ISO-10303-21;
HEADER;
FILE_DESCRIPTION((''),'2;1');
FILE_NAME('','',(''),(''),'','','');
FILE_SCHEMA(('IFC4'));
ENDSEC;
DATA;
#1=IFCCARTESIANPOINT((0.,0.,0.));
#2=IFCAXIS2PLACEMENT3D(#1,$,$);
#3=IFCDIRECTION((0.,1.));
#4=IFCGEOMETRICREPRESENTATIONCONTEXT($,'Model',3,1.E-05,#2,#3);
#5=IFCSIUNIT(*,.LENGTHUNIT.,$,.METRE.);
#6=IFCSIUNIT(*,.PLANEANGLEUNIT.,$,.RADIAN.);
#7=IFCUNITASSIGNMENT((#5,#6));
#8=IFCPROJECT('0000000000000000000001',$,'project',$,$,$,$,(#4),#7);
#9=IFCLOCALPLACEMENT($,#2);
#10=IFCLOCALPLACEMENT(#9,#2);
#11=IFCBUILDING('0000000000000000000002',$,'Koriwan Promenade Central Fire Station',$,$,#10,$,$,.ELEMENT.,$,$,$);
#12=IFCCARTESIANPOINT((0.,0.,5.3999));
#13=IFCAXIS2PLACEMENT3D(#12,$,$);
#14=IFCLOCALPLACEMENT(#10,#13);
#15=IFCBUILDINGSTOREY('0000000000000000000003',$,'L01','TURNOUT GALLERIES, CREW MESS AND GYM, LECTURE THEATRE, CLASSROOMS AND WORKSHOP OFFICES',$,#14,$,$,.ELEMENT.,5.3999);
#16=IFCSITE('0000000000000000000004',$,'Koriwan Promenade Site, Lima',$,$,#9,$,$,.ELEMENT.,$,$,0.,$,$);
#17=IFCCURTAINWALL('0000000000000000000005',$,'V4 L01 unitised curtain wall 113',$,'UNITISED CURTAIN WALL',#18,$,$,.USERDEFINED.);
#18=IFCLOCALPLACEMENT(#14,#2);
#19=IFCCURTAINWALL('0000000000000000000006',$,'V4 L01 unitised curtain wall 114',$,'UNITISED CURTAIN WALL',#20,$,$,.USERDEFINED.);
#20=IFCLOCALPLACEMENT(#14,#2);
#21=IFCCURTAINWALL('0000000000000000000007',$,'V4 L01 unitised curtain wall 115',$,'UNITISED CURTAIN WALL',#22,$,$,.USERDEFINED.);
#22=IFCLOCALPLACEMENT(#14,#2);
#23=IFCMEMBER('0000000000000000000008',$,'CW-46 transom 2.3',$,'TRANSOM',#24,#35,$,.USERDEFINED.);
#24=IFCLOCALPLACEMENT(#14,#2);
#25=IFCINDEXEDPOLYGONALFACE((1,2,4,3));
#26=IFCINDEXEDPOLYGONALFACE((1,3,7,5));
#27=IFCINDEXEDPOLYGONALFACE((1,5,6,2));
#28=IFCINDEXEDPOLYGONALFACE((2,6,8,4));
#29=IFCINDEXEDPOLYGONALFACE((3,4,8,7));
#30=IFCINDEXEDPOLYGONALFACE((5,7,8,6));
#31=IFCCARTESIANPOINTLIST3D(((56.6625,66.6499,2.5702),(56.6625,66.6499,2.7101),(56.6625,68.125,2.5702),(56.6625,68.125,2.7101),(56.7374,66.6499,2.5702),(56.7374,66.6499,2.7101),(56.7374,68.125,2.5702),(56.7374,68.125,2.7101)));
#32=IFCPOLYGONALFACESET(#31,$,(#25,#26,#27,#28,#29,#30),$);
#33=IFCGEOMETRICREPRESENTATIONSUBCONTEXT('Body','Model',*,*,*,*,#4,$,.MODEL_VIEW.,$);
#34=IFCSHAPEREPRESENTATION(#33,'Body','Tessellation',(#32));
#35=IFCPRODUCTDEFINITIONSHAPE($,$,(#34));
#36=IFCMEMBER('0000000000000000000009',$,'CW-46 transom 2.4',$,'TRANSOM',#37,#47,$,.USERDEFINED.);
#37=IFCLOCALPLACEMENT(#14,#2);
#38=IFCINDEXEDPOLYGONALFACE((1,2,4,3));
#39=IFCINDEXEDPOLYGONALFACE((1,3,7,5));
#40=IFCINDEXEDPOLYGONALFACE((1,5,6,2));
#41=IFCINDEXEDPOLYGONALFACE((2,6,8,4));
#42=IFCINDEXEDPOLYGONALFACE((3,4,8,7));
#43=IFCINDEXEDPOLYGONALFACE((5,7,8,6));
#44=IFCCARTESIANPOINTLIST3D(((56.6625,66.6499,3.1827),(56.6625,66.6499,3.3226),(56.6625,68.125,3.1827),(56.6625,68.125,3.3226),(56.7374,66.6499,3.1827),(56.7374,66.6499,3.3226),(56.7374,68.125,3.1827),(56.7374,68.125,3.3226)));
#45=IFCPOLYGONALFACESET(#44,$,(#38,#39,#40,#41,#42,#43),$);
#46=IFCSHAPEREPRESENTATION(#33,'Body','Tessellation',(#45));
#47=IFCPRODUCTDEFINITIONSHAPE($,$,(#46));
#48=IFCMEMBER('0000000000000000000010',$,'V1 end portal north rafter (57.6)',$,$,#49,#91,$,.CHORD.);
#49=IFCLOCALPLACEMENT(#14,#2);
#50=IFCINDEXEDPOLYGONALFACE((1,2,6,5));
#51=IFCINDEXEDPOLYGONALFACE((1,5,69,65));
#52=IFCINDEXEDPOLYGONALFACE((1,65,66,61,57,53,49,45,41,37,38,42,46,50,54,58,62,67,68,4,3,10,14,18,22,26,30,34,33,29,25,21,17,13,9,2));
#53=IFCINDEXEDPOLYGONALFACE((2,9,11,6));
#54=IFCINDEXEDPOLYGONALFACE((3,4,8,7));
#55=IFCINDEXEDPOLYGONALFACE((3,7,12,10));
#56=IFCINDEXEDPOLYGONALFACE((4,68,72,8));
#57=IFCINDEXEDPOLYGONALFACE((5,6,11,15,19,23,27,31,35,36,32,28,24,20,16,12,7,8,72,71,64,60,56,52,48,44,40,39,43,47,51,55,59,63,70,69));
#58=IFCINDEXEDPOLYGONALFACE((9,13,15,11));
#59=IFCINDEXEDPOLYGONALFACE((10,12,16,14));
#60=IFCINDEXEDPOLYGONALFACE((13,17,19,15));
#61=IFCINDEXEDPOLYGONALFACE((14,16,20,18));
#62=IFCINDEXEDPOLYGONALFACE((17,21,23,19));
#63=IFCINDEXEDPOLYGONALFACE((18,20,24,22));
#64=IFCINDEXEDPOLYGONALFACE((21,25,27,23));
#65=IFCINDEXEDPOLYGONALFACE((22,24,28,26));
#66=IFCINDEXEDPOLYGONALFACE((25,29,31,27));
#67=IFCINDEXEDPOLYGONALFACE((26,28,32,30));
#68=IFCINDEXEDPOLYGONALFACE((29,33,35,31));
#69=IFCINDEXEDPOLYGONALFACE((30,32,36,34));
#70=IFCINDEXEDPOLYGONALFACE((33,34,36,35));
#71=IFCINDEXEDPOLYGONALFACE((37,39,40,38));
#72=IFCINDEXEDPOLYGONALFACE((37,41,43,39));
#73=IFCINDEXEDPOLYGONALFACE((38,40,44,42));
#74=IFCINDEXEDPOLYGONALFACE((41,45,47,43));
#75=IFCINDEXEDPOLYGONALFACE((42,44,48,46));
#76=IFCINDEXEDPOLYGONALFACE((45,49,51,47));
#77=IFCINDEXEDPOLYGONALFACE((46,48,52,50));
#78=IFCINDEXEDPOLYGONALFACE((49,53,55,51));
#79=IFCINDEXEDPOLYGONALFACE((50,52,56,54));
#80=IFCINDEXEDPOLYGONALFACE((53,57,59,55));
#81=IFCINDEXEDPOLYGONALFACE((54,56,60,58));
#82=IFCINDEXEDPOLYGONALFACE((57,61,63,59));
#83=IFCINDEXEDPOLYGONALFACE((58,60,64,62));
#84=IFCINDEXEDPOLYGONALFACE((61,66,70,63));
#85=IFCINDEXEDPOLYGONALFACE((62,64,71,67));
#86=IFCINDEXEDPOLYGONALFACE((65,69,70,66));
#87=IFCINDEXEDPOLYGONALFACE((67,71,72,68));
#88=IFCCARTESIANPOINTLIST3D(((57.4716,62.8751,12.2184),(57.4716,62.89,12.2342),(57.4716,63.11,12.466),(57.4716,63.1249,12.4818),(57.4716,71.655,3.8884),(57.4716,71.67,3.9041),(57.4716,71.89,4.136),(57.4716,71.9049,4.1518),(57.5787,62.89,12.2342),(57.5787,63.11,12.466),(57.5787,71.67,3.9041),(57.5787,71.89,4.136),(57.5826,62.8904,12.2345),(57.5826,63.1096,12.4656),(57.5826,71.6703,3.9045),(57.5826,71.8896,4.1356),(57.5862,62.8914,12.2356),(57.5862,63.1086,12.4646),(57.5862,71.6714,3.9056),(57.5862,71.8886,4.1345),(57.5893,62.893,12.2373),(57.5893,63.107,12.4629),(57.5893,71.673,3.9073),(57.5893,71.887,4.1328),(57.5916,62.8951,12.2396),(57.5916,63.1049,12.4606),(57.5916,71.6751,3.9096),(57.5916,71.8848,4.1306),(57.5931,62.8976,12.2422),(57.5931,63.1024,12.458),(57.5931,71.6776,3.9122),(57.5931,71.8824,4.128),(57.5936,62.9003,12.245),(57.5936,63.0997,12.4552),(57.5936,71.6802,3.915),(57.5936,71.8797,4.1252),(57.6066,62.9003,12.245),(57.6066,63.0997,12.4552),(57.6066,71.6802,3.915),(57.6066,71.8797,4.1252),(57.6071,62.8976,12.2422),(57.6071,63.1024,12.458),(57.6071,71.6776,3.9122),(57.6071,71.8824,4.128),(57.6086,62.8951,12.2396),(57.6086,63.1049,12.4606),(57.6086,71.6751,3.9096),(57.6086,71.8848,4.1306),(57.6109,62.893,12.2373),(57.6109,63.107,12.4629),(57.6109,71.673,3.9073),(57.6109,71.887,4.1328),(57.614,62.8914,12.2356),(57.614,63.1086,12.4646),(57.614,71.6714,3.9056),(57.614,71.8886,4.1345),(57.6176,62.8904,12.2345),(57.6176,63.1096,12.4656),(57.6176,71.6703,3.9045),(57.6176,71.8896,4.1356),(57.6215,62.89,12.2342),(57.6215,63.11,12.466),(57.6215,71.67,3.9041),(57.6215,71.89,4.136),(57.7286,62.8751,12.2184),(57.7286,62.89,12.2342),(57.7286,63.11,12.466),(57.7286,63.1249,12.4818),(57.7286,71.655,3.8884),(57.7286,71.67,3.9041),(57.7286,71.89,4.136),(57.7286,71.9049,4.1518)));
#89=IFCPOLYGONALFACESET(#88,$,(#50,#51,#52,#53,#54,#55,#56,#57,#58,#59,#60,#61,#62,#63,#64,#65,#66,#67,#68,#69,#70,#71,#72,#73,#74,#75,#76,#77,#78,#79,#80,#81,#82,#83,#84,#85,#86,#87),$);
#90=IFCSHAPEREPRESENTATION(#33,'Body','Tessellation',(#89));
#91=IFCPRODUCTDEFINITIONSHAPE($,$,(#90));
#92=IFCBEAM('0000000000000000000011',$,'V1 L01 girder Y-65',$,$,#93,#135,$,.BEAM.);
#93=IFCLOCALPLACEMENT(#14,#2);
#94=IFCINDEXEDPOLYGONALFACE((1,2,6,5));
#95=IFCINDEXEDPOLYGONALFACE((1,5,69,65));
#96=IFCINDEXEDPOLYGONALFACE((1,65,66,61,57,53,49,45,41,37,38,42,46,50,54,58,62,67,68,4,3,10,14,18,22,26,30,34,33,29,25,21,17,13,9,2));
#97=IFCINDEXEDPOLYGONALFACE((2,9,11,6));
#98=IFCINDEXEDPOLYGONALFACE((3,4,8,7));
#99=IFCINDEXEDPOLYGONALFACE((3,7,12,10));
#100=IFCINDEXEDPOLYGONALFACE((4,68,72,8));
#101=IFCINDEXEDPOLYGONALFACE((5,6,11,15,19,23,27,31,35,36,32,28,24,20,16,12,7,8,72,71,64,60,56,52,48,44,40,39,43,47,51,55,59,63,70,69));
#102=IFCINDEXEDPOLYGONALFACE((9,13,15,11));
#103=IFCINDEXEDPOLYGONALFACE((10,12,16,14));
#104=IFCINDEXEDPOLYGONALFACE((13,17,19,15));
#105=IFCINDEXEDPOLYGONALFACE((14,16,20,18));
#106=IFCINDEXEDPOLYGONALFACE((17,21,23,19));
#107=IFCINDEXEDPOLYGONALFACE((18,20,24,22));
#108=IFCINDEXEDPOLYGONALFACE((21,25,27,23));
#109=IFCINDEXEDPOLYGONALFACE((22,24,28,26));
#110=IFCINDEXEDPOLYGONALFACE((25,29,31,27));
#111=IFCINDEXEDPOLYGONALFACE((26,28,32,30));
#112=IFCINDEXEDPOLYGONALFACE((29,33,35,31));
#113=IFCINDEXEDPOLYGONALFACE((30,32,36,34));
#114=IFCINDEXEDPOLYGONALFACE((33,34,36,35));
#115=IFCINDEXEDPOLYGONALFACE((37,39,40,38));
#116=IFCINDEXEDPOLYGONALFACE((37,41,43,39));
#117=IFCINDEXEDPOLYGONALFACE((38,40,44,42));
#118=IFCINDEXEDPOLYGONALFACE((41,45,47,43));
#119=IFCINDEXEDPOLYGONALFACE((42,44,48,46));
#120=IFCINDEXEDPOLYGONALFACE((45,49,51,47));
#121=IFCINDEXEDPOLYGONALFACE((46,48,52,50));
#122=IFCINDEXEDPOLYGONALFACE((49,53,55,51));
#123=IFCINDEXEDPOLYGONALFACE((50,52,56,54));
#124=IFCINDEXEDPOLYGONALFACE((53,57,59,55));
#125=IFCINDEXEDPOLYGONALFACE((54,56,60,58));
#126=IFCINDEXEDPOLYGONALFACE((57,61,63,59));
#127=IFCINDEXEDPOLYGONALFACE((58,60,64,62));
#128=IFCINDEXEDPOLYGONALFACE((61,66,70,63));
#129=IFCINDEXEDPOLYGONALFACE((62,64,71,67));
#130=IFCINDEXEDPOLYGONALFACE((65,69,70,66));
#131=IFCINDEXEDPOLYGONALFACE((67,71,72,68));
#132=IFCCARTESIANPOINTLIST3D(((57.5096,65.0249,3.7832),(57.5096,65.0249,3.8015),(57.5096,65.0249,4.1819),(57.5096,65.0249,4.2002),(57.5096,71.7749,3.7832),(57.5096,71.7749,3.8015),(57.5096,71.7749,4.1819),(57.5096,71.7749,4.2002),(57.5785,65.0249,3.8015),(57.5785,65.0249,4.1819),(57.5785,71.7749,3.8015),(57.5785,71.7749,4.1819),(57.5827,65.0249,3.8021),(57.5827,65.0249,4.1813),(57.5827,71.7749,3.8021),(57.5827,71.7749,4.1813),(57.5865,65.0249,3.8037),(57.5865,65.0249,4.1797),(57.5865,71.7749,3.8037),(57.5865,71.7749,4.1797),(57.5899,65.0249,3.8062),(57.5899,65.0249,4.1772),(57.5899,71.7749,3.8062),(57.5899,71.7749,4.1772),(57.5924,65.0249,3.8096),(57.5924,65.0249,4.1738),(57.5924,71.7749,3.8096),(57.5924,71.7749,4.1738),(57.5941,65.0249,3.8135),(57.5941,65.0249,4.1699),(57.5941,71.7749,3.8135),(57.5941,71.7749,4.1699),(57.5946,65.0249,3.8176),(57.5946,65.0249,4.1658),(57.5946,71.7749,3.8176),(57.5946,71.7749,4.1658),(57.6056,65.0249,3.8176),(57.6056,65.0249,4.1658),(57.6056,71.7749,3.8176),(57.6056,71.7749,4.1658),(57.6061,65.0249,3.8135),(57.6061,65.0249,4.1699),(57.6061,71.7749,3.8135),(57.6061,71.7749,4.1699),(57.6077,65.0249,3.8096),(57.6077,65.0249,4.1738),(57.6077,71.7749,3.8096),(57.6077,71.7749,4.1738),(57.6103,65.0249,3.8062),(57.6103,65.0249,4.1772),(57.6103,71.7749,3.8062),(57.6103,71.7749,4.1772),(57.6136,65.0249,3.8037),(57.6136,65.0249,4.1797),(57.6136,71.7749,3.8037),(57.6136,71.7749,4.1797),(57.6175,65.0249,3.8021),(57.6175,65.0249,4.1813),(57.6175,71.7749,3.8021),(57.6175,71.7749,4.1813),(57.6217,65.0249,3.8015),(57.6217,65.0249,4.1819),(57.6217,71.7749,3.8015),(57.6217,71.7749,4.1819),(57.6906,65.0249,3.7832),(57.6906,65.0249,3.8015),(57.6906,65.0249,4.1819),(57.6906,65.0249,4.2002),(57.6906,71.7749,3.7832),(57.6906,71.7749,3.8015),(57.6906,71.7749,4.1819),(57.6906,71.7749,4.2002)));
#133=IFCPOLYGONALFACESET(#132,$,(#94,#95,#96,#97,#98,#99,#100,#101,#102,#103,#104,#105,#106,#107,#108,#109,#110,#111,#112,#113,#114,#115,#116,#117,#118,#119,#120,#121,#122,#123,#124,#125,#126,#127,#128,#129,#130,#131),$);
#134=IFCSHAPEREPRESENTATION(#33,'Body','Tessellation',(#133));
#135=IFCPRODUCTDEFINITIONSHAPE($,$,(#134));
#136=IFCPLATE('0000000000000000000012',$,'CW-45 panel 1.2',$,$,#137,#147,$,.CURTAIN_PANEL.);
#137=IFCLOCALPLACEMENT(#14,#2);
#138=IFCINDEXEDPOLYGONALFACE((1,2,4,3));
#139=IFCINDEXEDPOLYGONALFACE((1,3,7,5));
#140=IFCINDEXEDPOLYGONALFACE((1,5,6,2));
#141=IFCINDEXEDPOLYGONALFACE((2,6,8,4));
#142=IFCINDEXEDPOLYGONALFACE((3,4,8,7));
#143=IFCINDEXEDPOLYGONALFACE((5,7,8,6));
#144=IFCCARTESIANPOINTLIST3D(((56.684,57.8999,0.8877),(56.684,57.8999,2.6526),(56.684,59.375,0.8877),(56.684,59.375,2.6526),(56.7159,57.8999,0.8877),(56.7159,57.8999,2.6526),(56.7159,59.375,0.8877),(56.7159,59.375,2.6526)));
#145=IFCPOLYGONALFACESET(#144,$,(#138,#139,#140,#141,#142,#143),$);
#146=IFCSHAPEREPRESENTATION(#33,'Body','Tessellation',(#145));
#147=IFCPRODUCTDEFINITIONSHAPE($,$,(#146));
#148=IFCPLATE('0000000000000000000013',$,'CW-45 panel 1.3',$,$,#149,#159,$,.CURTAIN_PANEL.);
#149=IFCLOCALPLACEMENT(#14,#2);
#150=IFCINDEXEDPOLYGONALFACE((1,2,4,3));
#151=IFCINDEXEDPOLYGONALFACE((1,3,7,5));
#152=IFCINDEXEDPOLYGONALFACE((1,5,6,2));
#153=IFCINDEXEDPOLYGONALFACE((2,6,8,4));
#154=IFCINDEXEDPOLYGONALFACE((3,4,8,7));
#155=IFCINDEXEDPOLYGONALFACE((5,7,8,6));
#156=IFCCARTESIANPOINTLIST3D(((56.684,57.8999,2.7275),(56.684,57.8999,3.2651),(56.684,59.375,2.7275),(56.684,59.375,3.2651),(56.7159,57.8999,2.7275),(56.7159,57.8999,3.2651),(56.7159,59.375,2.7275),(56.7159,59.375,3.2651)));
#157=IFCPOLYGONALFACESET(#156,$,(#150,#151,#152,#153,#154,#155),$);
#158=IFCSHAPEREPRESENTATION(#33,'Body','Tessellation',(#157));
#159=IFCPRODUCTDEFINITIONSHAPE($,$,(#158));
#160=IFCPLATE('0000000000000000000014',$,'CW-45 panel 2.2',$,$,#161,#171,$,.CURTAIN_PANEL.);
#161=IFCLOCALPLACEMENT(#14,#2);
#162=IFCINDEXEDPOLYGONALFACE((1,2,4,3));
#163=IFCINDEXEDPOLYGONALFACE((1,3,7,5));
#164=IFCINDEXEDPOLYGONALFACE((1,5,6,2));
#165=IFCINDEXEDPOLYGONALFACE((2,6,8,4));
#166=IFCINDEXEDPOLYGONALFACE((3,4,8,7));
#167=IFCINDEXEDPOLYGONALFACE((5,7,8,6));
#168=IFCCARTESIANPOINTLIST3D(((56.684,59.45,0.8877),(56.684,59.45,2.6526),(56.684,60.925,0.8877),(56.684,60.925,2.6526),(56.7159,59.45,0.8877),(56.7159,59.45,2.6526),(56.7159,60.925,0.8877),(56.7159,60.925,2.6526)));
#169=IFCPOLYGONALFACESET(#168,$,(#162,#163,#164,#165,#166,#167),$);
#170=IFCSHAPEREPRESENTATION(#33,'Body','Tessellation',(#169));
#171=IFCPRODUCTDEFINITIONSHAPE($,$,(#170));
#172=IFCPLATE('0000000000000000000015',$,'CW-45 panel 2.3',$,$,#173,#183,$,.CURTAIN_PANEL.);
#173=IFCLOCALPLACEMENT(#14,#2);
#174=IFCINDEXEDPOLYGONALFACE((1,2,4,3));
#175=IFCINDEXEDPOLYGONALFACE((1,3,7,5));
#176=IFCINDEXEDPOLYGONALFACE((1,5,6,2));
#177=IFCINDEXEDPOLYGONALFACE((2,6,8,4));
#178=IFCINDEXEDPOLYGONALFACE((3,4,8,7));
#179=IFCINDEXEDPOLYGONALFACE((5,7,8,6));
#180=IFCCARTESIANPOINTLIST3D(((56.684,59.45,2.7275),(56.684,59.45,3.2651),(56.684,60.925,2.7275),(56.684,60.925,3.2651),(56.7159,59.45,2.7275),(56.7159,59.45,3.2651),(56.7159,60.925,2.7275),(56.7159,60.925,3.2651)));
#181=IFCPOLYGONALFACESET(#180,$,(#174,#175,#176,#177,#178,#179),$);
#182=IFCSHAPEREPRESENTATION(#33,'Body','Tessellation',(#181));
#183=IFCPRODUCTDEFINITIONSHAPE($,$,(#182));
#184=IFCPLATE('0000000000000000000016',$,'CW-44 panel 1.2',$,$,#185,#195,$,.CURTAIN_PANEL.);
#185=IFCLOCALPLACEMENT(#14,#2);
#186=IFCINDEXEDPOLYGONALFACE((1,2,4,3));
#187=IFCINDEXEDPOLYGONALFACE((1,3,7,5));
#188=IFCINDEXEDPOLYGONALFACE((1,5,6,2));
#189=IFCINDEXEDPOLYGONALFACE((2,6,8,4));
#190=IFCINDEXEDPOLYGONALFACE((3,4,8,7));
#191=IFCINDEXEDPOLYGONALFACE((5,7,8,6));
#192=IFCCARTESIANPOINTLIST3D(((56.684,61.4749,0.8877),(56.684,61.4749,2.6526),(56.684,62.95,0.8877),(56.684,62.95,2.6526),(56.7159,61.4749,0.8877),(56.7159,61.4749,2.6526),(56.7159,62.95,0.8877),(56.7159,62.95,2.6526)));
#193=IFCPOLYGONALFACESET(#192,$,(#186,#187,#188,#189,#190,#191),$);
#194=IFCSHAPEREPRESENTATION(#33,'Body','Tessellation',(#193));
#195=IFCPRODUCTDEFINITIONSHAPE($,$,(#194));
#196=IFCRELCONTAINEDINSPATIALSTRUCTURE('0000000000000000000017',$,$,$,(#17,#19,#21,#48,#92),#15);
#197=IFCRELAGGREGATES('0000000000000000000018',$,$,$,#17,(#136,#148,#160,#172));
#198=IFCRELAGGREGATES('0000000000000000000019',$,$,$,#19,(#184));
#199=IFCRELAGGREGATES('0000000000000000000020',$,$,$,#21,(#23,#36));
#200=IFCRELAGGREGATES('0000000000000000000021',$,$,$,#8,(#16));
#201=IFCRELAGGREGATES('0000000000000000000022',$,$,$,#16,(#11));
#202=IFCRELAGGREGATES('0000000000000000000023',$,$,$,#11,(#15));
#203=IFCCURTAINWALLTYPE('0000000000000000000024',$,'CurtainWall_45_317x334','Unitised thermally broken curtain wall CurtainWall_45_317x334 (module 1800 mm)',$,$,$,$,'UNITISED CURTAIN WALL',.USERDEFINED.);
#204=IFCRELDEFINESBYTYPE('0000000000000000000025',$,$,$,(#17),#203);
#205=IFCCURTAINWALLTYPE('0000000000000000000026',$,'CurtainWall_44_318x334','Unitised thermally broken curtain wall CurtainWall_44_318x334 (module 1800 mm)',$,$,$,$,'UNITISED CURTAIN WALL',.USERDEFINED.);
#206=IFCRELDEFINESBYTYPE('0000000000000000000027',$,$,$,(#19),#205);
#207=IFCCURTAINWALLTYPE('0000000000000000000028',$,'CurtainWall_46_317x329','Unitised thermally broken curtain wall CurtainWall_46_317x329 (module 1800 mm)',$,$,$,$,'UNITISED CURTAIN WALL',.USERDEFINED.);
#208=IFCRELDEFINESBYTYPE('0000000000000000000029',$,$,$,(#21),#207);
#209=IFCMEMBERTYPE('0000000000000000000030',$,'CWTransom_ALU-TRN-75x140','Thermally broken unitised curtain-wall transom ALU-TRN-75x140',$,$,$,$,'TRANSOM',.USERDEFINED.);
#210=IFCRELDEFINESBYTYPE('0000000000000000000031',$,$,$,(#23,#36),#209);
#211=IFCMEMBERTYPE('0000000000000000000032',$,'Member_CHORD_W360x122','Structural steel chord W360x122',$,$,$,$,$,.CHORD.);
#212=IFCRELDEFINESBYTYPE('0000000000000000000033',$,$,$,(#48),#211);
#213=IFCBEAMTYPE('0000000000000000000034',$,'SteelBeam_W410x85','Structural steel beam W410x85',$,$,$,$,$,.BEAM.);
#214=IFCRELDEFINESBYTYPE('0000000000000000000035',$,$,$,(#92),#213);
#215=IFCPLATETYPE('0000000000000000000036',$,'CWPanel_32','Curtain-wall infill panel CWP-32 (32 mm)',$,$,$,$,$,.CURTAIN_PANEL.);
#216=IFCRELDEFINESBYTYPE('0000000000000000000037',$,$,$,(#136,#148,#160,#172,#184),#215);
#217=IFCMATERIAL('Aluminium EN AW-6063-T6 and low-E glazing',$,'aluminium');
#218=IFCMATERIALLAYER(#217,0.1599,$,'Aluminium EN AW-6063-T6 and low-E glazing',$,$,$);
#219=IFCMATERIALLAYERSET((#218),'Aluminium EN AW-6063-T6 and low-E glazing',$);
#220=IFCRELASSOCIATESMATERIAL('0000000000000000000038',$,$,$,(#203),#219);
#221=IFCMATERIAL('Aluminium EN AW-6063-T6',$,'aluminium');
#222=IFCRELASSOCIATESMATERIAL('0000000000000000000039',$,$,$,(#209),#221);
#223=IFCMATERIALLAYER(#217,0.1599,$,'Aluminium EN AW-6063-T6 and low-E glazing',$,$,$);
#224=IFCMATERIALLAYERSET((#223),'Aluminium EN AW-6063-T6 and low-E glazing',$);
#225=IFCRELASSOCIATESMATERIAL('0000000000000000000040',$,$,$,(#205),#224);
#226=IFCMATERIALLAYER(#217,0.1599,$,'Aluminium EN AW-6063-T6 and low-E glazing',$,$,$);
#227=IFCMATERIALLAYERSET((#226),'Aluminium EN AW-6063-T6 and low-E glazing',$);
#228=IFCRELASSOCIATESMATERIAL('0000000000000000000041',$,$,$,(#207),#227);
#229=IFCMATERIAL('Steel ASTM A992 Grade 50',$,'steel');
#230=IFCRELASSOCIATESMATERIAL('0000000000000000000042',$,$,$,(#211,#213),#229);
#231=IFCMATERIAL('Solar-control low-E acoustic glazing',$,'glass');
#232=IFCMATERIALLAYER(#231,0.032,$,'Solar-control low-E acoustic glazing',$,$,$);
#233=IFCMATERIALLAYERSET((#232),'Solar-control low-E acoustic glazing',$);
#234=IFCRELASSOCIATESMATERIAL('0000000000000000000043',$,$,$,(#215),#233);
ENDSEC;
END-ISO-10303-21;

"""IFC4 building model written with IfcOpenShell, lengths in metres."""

from ifc_helpers import new_model, si_unit, direction, frame, origin, origin_2d, place, context, subcontext, project, spatial, rectangle, i_section, extrude, material, layer, layer_set, material_profile, profile_set, type_object, element, aggregate, save


model = new_model("IFC4")

# Units and contexts
model_context = context("Model", 3, precision=1e-05, world=origin(), true_north=direction((0.0, 1.0)))
body_context = subcontext(model_context, "Body", "Model", "MODEL_VIEW")
ifc_project = project(units=[si_unit("LENGTHUNIT", "METRE"), si_unit("PLANEANGLEUNIT", "RADIAN")], contexts=[model_context])

# Site, building, storey
site_placement = place(None, origin())
site = spatial("IfcSite", under=ifc_project, at=site_placement, Name="Koriwan Promenade Site, Lima", CompositionType="ELEMENT", RefElevation=0.0)
building_placement = place(site_placement, origin())
building = spatial("IfcBuilding", under=site, at=building_placement, Name="Koriwan Promenade Central Fire Station", CompositionType="ELEMENT")
storey_placement = place(building_placement, frame((0.0, 0.0, 5.3999)))
storey = spatial("IfcBuildingStorey", under=building, at=storey_placement, Name="L01", Description="TURNOUT GALLERIES, CREW MESS AND GYM, LECTURE THEATRE, CLASSROOMS AND WORKSHOP OFFICES", CompositionType="ELEMENT", Elevation=5.3999)

# Curtain walls, members
ifc_material_1 = material(Name="Aluminium EN AW-6063-T6 and low-E glazing", Category="aluminium")
ifc_layer_1 = layer(ifc_material_1, 0.1599, Name="Aluminium EN AW-6063-T6 and low-E glazing")
ifc_layer_set_1 = layer_set([ifc_layer_1], Name="Aluminium EN AW-6063-T6 and low-E glazing")
curtain_wall_type_1 = type_object("IfcCurtainWallType", Name="CurtainWall_45_317x334", Description="Unitised thermally broken curtain wall CurtainWall_45_317x334 (module 1800 mm)", ElementType="UNITISED CURTAIN WALL", PredefinedType="USERDEFINED", material=ifc_layer_set_1)
curtain_wall_1_placement = place(storey_placement, origin())
curtain_wall_1 = element("IfcCurtainWall", 1, at=curtain_wall_1_placement, inside=storey, type_object=curtain_wall_type_1, Name="V4 L01 unitised curtain wall 113", ObjectType="UNITISED CURTAIN WALL", PredefinedType="USERDEFINED")
ifc_material_2 = material(Name="Aluminium EN AW-6063-T6", Category="aluminium")
ifc_material_profile_1 = material_profile(ifc_material_2, rectangle(XDim=0.075, YDim=0.1399, at=origin_2d()), Name="ALU-TRN-75x140")
ifc_profile_set_1 = profile_set([ifc_material_profile_1], Name="Aluminium EN AW-6063-T6")
member_type_1 = type_object("IfcMemberType", Name="CWTransom_ALU-TRN-75x140", Description="Thermally broken unitised curtain-wall transom ALU-TRN-75x140", ElementType="TRANSOM", PredefinedType="USERDEFINED", material=ifc_profile_set_1)
ifc_layer_2 = layer(ifc_material_1, 0.1599, Name="Aluminium EN AW-6063-T6 and low-E glazing")
ifc_layer_set_2 = layer_set([ifc_layer_2], Name="Aluminium EN AW-6063-T6 and low-E glazing")
curtain_wall_type_2 = type_object("IfcCurtainWallType", Name="CurtainWall_44_318x334", Description="Unitised thermally broken curtain wall CurtainWall_44_318x334 (module 1800 mm)", ElementType="UNITISED CURTAIN WALL", PredefinedType="USERDEFINED", material=ifc_layer_set_2)
curtain_wall_2_placement = place(storey_placement, origin())
curtain_wall_2 = element("IfcCurtainWall", 2, at=curtain_wall_2_placement, inside=storey, type_object=curtain_wall_type_2, Name="V4 L01 unitised curtain wall 114", ObjectType="UNITISED CURTAIN WALL", PredefinedType="USERDEFINED")
ifc_layer_3 = layer(ifc_material_1, 0.1599, Name="Aluminium EN AW-6063-T6 and low-E glazing")
ifc_layer_set_3 = layer_set([ifc_layer_3], Name="Aluminium EN AW-6063-T6 and low-E glazing")
curtain_wall_type_3 = type_object("IfcCurtainWallType", Name="CurtainWall_46_317x329", Description="Unitised thermally broken curtain wall CurtainWall_46_317x329 (module 1800 mm)", ElementType="UNITISED CURTAIN WALL", PredefinedType="USERDEFINED", material=ifc_layer_set_3)
curtain_wall_3_placement = place(storey_placement, origin())
curtain_wall_3 = element("IfcCurtainWall", 3, at=curtain_wall_3_placement, inside=storey, type_object=curtain_wall_type_3, Name="V4 L01 unitised curtain wall 115", ObjectType="UNITISED CURTAIN WALL", PredefinedType="USERDEFINED")
member_1_placement = place(storey_placement, frame((56.7, 66.6499, 2.6401), z_axis=(0.0, 1.0, 0.0), x_axis=(-1.0, 0.0, 0.0)))
member_1 = element("IfcMember", 4, at=member_1_placement, type_object=member_type_1, Name="CW-46 transom 2.3", ObjectType="TRANSOM", PredefinedType="USERDEFINED", context=body_context, shape_type="SweptSolid", body=[
    extrude(rectangle(XDim=0.075, YDim=0.1399, at=origin_2d()), origin(), (0.0, 0.0, 1.0), 1.4751),
])
member_2_placement = place(storey_placement, frame((56.7, 66.6499, 3.2527), z_axis=(0.0, 1.0, 0.0), x_axis=(-1.0, 0.0, 0.0)))
member_2 = element("IfcMember", 5, at=member_2_placement, type_object=member_type_1, Name="CW-46 transom 2.4", ObjectType="TRANSOM", PredefinedType="USERDEFINED", context=body_context, shape_type="SweptSolid", body=[
    extrude(rectangle(XDim=0.075, YDim=0.1399, at=origin_2d()), origin(), (0.0, 0.0, 1.0), 1.4751),
])

# Member
ifc_material_3 = material(Name="Steel ASTM A992 Grade 50", Category="steel")
ifc_material_profile_2 = material_profile(ifc_material_3, i_section(OverallWidth=0.2571, OverallDepth=0.363, WebThickness=0.0129, FlangeThickness=0.0217, FilletRadius=0.0149, at=origin_2d()), Name="W360x122")
ifc_profile_set_2 = profile_set([ifc_material_profile_2], Name="Steel ASTM A992 Grade 50")
member_type_2 = type_object("IfcMemberType", Name="Member_CHORD_W360x122", Description="Structural steel chord W360x122", PredefinedType="CHORD", material=ifc_profile_set_2)
member_3_placement = place(storey_placement, frame((57.6001, 63.0, 12.3501), z_axis=(0.0, 0.725451, -0.688274), x_axis=(-1.0, 0.0, 0.0)))
element("IfcMember", 6, at=member_3_placement, inside=storey, type_object=member_type_2, Name="V1 end portal north rafter (57.6)", PredefinedType="CHORD", context=body_context, shape_type="SweptSolid", body=[
    extrude(i_section(OverallWidth=0.2571, OverallDepth=0.363, WebThickness=0.0129, FlangeThickness=0.0217, FilletRadius=0.0149, at=origin_2d()), origin(), (0.0, 0.0, 1.0), 12.1028),
])

# Beam
ifc_material_profile_3 = material_profile(ifc_material_3, i_section(OverallWidth=0.1809, OverallDepth=0.417, WebThickness=0.011, FlangeThickness=0.0183, FilletRadius=0.0161, at=origin_2d()), Name="W410x85")
ifc_profile_set_3 = profile_set([ifc_material_profile_3], Name="Steel ASTM A992 Grade 50")
beam_type_1 = type_object("IfcBeamType", Name="SteelBeam_W410x85", Description="Structural steel beam W410x85", PredefinedType="BEAM", material=ifc_profile_set_3)
beam_1_placement = place(storey_placement, frame((57.6001, 65.0249, 3.9917), z_axis=(0.0, 1.0, 0.0), x_axis=(-1.0, 0.0, 0.0)))
element("IfcBeam", 7, at=beam_1_placement, inside=storey, type_object=beam_type_1, Name="V1 L01 girder Y-65", PredefinedType="BEAM", context=body_context, shape_type="SweptSolid", body=[
    extrude(i_section(OverallWidth=0.1809, OverallDepth=0.417, WebThickness=0.011, FlangeThickness=0.0183, FilletRadius=0.0161, at=origin_2d()), origin(), (0.0, 0.0, 1.0), 6.75),
])

# Plates
ifc_material_4 = material(Name="Solar-control low-E acoustic glazing", Category="glass")
ifc_layer_4 = layer(ifc_material_4, 0.032, Name="Solar-control low-E acoustic glazing")
ifc_layer_set_4 = layer_set([ifc_layer_4], Name="Solar-control low-E acoustic glazing")
plate_type = type_object("IfcPlateType", Name="CWPanel_32", Description="Curtain-wall infill panel CWP-32 (32 mm)", PredefinedType="CURTAIN_PANEL", material=ifc_layer_set_4)
plate_1_placement = place(storey_placement, frame((56.7, 58.6375, 0.8877), z_axis=(0.0, 0.0, 1.0), x_axis=(0.0, 1.0, 0.0)))
plate_1 = element("IfcPlate", 8, at=plate_1_placement, type_object=plate_type, Name="CW-45 panel 1.2", PredefinedType="CURTAIN_PANEL", context=body_context, shape_type="SweptSolid", body=[
    extrude(rectangle(XDim=1.4751, YDim=0.032, at=origin_2d()), origin(), (0.0, 0.0, 1.0), 1.7649),
])
plate_2_placement = place(storey_placement, frame((56.7, 58.6375, 2.7275), z_axis=(0.0, 0.0, 1.0), x_axis=(0.0, 1.0, 0.0)))
plate_2 = element("IfcPlate", 9, at=plate_2_placement, type_object=plate_type, Name="CW-45 panel 1.3", PredefinedType="CURTAIN_PANEL", context=body_context, shape_type="SweptSolid", body=[
    extrude(rectangle(XDim=1.4751, YDim=0.032, at=origin_2d()), origin(), (0.0, 0.0, 1.0), 0.5376),
])
plate_3_placement = place(storey_placement, frame((56.7, 60.1875, 0.8877), z_axis=(0.0, 0.0, 1.0), x_axis=(0.0, 1.0, 0.0)))
plate_3 = element("IfcPlate", 10, at=plate_3_placement, type_object=plate_type, Name="CW-45 panel 2.2", PredefinedType="CURTAIN_PANEL", context=body_context, shape_type="SweptSolid", body=[
    extrude(rectangle(XDim=1.4751, YDim=0.032, at=origin_2d()), origin(), (0.0, 0.0, 1.0), 1.7649),
])
plate_4_placement = place(storey_placement, frame((56.7, 60.1875, 2.7275), z_axis=(0.0, 0.0, 1.0), x_axis=(0.0, 1.0, 0.0)))
plate_4 = element("IfcPlate", 11, at=plate_4_placement, type_object=plate_type, Name="CW-45 panel 2.3", PredefinedType="CURTAIN_PANEL", context=body_context, shape_type="SweptSolid", body=[
    extrude(rectangle(XDim=1.4751, YDim=0.032, at=origin_2d()), origin(), (0.0, 0.0, 1.0), 0.5376),
])
aggregate(curtain_wall_1, [plate_1, plate_2, plate_3, plate_4])
plate_5_placement = place(storey_placement, frame((56.7, 62.2124, 0.8877), z_axis=(0.0, 0.0, 1.0), x_axis=(0.0, 1.0, 0.0)))
plate_5 = element("IfcPlate", 12, at=plate_5_placement, type_object=plate_type, Name="CW-44 panel 1.2", PredefinedType="CURTAIN_PANEL", context=body_context, shape_type="SweptSolid", body=[
    extrude(rectangle(XDim=1.4751, YDim=0.032, at=origin_2d()), origin(), (0.0, 0.0, 1.0), 1.7649),
])
aggregate(curtain_wall_2, [plate_5])
aggregate(curtain_wall_3, [member_1, member_2])

save(model, "model.ifc")
